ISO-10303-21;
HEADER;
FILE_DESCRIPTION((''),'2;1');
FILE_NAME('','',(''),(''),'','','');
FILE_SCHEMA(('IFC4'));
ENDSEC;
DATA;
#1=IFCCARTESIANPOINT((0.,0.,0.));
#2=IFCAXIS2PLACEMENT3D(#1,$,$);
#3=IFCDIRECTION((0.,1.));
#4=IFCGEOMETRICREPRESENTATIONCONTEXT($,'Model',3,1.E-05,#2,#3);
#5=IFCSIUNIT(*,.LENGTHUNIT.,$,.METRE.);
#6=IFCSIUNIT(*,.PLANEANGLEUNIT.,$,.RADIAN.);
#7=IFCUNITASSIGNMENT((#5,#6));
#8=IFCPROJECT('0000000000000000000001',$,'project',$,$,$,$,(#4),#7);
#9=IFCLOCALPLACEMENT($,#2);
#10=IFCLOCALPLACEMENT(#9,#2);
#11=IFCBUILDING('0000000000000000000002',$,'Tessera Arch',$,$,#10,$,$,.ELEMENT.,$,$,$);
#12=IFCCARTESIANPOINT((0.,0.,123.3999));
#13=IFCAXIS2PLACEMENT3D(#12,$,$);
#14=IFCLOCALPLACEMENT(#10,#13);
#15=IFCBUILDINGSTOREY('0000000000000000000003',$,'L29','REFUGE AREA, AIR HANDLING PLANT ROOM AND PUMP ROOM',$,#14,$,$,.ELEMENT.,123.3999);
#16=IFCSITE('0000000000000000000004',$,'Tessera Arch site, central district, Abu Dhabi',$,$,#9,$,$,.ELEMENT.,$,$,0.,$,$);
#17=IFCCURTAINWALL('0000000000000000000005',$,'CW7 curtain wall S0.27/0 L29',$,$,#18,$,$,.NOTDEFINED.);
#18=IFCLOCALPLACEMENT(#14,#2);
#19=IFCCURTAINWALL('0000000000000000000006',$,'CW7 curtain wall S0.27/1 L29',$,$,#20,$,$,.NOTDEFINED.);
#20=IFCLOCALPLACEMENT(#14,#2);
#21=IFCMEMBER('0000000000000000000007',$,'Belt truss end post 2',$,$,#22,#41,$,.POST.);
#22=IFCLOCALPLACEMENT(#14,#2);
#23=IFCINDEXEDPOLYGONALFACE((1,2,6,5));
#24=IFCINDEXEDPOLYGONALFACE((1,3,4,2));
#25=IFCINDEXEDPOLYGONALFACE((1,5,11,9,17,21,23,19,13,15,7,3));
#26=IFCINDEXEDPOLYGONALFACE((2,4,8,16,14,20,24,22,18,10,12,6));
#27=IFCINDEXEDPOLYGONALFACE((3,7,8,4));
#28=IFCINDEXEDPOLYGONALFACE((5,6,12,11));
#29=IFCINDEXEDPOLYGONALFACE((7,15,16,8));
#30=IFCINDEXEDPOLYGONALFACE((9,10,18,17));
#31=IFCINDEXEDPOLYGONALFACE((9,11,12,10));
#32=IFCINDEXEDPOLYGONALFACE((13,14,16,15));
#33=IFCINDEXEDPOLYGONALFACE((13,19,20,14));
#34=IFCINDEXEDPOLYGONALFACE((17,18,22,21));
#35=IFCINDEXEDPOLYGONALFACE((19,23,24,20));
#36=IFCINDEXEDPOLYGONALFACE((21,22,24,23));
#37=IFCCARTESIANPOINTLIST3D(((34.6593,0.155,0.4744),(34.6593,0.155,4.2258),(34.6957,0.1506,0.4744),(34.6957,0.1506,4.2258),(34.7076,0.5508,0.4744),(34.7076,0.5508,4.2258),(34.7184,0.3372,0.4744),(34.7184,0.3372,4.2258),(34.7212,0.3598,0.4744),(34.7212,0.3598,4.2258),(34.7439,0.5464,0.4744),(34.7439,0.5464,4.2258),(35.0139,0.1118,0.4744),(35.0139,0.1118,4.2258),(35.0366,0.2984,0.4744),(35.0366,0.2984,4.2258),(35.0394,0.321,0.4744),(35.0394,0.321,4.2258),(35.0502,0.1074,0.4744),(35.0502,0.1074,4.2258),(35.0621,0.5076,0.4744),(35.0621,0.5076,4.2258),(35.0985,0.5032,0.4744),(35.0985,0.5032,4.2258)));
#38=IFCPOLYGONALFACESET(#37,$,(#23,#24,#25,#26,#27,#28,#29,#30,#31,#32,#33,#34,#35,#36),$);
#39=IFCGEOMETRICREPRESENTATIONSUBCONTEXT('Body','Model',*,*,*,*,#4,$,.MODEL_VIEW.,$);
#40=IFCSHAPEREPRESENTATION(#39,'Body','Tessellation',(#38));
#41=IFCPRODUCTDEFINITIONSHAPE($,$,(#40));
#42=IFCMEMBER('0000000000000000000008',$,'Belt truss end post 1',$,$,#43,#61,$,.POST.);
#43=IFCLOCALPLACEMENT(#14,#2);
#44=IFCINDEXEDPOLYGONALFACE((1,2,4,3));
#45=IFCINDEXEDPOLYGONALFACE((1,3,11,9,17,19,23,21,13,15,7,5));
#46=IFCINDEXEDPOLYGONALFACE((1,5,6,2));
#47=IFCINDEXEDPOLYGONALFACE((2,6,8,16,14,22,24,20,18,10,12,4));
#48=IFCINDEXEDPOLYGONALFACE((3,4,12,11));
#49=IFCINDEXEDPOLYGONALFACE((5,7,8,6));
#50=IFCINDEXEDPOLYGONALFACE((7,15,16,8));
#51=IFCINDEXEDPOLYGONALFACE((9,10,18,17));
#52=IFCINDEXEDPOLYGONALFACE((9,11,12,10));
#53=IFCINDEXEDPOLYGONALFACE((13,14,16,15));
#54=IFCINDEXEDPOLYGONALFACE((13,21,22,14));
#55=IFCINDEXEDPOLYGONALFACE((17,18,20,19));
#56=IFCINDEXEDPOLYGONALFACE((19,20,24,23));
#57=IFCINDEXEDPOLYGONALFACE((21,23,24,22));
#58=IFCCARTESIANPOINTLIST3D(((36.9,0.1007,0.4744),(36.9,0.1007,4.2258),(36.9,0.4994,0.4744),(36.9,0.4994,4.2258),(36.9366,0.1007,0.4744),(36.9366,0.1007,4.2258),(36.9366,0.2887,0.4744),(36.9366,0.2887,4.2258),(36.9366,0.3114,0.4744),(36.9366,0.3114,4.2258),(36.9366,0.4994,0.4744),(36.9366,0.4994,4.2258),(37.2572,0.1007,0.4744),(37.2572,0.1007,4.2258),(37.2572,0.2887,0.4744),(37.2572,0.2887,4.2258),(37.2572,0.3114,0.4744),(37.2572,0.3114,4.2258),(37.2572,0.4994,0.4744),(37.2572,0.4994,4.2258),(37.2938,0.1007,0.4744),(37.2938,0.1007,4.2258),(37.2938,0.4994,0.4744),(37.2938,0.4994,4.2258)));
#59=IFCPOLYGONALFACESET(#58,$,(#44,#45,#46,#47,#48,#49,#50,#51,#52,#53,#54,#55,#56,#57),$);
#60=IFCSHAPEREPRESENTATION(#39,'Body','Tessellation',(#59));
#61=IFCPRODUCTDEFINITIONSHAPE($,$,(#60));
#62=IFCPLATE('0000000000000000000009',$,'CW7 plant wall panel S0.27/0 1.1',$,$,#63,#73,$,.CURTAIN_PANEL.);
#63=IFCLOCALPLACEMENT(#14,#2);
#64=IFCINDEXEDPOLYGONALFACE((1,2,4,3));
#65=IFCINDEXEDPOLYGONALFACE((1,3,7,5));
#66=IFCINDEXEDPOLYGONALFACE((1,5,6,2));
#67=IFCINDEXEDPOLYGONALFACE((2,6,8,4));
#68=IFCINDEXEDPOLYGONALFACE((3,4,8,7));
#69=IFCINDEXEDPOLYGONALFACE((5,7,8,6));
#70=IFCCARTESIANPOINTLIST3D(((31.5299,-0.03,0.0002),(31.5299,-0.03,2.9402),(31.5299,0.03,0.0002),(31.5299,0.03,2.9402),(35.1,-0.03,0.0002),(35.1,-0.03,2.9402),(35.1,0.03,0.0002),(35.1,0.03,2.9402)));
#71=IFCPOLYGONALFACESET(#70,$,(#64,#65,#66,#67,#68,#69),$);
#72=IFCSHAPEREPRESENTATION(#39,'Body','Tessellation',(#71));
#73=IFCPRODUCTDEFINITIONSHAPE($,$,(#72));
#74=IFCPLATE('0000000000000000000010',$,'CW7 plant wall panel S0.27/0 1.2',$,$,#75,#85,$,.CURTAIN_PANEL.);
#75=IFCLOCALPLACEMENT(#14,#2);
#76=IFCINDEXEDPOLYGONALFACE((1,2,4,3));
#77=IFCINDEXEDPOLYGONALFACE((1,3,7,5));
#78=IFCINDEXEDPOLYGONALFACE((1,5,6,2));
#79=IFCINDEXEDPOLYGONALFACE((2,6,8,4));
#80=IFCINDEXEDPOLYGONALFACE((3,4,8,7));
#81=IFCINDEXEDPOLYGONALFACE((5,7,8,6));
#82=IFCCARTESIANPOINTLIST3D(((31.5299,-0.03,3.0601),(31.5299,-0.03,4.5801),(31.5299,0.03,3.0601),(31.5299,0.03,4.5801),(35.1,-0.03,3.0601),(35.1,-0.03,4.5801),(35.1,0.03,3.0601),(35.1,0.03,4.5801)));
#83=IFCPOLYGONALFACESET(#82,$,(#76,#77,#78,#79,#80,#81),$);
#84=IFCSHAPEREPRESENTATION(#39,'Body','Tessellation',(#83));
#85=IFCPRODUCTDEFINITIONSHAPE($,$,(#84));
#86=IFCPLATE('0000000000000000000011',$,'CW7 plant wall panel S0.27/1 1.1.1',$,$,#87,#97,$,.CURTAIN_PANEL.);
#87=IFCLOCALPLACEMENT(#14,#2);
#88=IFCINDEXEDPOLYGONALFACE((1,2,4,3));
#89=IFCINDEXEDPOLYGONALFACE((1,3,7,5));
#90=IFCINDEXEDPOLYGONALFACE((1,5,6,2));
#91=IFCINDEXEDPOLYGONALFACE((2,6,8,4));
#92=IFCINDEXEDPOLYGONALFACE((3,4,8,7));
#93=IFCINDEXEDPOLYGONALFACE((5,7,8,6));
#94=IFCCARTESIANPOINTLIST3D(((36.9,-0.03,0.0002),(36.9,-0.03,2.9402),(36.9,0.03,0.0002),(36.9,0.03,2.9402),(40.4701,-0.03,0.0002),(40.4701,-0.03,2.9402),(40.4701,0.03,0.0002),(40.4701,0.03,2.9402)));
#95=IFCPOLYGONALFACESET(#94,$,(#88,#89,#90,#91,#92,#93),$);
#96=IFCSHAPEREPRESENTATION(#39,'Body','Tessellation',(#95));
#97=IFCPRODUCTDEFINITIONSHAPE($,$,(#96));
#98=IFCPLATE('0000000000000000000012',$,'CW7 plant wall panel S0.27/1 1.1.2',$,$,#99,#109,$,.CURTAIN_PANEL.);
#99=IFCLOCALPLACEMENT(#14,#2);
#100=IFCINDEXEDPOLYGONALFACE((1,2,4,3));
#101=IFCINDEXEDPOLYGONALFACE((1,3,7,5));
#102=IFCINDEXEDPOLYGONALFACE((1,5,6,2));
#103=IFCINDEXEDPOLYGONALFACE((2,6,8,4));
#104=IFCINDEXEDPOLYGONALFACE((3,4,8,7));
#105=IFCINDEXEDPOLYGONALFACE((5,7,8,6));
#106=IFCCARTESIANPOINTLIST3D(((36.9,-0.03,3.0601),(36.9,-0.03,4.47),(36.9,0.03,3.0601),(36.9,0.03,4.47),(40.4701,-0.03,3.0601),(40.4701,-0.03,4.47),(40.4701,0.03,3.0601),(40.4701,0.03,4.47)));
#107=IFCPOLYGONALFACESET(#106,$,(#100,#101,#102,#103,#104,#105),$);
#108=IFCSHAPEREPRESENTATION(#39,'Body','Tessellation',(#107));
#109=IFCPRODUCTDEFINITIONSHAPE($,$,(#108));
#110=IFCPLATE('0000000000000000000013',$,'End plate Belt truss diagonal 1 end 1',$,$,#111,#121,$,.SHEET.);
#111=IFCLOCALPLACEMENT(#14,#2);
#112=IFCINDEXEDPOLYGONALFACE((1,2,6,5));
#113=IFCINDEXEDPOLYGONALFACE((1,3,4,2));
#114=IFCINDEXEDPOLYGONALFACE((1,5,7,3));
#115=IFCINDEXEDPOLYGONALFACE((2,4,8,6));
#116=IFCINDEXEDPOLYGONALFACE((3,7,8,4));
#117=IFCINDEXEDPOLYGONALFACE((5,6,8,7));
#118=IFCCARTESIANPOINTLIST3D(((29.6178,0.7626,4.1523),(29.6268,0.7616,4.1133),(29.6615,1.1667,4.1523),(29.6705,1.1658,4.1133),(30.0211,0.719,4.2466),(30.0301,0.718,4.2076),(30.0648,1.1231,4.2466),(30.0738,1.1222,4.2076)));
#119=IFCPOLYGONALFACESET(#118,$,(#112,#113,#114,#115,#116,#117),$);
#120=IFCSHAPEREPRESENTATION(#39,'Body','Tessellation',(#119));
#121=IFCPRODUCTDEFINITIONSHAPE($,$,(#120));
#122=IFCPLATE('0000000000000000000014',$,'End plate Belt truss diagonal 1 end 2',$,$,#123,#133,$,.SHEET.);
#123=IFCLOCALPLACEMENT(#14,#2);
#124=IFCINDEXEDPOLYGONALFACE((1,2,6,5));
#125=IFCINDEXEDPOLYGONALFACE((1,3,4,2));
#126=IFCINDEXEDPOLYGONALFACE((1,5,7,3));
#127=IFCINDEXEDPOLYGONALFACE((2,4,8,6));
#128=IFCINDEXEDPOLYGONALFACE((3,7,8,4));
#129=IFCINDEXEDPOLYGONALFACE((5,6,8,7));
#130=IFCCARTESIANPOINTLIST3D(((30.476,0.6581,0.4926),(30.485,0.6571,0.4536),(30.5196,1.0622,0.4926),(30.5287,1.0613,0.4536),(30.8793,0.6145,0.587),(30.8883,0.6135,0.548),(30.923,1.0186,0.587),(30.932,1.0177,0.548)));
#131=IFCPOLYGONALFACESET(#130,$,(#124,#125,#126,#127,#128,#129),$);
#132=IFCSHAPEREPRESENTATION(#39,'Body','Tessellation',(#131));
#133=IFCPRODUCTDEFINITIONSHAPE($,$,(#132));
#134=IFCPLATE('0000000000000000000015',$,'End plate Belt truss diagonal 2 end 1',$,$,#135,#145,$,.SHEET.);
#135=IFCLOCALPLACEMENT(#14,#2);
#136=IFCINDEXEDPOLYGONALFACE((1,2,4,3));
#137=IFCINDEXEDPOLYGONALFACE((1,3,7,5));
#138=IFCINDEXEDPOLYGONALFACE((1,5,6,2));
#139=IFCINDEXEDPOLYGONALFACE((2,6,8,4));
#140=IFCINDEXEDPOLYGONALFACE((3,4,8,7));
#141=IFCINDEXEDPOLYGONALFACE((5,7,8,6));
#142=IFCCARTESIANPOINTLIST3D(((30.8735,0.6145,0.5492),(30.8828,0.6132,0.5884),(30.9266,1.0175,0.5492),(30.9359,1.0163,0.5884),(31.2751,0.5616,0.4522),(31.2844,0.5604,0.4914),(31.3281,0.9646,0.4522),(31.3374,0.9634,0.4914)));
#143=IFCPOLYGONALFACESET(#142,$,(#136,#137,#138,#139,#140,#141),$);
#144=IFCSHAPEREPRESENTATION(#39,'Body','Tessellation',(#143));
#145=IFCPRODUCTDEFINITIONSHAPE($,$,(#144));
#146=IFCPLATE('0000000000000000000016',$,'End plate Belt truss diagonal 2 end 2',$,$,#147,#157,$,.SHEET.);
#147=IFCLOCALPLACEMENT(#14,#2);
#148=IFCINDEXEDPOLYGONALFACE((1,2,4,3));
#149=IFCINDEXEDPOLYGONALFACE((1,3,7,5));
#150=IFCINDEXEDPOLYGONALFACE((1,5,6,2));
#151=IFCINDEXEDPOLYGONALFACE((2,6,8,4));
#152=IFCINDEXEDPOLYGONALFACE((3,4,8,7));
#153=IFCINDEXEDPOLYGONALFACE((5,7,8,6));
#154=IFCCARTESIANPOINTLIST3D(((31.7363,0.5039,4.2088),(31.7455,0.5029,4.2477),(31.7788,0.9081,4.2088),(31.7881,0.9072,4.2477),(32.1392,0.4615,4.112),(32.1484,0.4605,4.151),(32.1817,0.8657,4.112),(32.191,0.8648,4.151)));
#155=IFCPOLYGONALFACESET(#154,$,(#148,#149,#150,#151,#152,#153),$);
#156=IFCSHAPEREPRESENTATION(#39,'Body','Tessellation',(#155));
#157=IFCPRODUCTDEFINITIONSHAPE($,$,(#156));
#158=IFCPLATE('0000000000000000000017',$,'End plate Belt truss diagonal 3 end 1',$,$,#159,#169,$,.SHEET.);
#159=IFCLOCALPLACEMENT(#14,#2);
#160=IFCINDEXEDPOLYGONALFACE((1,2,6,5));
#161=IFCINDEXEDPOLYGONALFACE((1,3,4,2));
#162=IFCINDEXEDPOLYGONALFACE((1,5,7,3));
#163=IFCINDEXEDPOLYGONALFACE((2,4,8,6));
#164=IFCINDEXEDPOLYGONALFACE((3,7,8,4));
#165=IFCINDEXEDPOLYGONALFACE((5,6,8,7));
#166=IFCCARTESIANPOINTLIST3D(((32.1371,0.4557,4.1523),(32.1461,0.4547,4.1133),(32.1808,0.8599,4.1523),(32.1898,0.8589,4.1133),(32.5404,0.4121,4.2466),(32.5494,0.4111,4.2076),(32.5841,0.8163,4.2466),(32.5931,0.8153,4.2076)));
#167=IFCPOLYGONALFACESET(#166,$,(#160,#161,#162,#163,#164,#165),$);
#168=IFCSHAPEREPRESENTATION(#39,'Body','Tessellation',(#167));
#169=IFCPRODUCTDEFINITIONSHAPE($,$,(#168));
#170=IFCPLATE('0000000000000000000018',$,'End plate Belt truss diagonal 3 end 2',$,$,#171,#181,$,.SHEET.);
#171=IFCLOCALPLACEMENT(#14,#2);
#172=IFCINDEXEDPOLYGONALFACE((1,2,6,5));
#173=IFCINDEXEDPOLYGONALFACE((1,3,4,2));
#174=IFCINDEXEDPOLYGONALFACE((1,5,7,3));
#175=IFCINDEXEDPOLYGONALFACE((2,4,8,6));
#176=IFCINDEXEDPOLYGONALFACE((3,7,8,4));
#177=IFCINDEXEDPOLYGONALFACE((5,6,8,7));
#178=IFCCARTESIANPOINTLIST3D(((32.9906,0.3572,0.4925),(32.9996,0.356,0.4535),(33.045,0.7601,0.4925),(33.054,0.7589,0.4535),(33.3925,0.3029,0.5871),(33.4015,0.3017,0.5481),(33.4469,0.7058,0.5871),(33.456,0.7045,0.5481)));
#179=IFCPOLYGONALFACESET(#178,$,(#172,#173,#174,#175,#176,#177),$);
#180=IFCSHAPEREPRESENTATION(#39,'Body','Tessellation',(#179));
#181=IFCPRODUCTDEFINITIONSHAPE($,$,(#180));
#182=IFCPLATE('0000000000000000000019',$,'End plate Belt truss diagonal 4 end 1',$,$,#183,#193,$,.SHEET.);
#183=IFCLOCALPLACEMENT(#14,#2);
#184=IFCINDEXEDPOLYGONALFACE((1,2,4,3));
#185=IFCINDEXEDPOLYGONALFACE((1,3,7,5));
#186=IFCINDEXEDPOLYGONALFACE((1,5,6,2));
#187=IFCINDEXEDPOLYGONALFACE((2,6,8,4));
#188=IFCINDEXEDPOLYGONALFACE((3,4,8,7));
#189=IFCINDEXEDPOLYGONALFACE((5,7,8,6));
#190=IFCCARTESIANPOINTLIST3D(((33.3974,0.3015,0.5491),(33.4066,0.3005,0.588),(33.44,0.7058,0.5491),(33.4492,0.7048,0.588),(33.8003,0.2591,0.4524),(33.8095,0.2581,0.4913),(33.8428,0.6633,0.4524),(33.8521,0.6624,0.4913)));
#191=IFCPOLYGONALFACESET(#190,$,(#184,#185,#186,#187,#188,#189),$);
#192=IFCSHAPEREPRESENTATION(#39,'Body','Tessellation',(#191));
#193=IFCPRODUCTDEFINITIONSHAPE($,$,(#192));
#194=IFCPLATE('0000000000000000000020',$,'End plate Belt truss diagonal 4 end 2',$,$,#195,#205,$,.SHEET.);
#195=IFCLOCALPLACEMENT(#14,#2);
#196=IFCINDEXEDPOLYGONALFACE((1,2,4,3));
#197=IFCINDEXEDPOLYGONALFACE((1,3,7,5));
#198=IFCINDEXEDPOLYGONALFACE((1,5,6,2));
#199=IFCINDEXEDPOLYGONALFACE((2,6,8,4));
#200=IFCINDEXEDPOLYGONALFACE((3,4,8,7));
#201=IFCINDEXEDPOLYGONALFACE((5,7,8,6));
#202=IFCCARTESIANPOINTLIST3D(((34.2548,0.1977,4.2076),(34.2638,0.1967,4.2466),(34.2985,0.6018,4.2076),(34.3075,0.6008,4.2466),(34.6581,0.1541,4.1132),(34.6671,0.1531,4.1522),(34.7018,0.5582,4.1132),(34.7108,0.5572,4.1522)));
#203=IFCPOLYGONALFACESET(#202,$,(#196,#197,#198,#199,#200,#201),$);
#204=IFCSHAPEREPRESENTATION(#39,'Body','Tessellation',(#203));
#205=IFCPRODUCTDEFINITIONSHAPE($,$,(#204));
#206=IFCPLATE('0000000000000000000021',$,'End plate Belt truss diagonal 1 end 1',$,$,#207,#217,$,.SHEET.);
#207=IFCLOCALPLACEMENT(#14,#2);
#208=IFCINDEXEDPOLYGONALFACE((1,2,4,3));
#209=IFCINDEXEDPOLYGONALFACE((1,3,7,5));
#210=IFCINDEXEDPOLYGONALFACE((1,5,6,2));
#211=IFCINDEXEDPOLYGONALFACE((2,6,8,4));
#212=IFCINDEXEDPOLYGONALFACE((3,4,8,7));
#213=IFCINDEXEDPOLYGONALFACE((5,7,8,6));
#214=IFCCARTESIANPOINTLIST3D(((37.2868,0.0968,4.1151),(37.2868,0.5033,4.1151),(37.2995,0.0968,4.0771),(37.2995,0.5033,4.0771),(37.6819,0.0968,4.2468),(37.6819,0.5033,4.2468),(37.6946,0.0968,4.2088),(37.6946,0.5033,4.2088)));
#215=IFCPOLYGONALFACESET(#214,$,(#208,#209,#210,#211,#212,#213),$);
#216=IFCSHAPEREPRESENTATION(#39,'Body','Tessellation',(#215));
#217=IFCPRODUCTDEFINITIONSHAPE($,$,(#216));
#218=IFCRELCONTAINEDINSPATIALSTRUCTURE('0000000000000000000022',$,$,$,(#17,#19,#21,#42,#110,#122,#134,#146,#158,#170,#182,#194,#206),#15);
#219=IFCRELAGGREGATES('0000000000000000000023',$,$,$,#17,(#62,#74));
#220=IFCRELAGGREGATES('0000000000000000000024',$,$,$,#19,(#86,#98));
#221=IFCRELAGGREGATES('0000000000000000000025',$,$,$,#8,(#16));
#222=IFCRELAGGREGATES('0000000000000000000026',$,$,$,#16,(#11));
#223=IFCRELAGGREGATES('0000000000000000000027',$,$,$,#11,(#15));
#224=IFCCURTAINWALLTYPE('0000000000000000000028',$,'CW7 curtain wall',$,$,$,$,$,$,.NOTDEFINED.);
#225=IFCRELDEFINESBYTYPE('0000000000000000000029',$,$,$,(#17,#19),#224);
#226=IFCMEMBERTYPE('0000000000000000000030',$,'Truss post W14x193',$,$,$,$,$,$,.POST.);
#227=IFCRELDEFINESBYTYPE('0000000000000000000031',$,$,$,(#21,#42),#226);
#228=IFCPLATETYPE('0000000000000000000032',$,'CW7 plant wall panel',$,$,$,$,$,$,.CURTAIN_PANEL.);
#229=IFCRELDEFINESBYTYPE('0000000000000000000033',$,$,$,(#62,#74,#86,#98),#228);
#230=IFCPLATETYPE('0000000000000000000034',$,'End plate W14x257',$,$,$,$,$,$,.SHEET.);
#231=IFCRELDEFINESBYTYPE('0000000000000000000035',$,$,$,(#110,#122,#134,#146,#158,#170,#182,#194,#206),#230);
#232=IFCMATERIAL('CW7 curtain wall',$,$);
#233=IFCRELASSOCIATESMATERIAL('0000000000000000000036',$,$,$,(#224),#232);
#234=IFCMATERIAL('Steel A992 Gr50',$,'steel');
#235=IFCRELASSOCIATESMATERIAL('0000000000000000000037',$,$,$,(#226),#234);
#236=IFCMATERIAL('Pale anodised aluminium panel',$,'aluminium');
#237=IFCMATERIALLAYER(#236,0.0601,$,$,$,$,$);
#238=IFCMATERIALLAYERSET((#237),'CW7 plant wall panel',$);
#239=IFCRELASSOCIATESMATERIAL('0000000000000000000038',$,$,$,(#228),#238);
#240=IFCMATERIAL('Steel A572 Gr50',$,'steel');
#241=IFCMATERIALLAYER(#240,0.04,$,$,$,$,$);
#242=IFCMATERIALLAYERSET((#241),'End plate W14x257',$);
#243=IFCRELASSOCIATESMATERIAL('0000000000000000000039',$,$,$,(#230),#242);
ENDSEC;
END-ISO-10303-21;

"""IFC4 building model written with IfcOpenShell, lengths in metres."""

from ifc_helpers import new_model, si_unit, direction, frame, origin, origin_2d, place, context, subcontext, project, spatial, rectangle, i_section, extrude, material, layer, layer_set, material_profile, profile_set, type_object, element, aggregate, save


model = new_model("IFC4")

# Units and contexts
model_context = context("Model", 3, precision=1e-05, world=origin(), true_north=direction((0.0, 1.0)))
body_context = subcontext(model_context, "Body", "Model", "MODEL_VIEW")
ifc_project = project(units=[si_unit("LENGTHUNIT", "METRE"), si_unit("PLANEANGLEUNIT", "RADIAN")], contexts=[model_context])

# Site, building, storey
site_placement = place(None, origin())
site = spatial("IfcSite", under=ifc_project, at=site_placement, Name="Tessera Arch site, central district, Abu Dhabi", CompositionType="ELEMENT", RefElevation=0.0)
building_placement = place(site_placement, origin())
building = spatial("IfcBuilding", under=site, at=building_placement, Name="Tessera Arch", CompositionType="ELEMENT")
storey_placement = place(building_placement, frame((0.0, 0.0, 123.3999)))
storey = spatial("IfcBuildingStorey", under=building, at=storey_placement, Name="L29", Description="REFUGE AREA, AIR HANDLING PLANT ROOM AND PUMP ROOM", CompositionType="ELEMENT", Elevation=123.3999)

# Curtain wall
ifc_material_1 = material(Name="CW7 curtain wall")
curtain_wall_type = type_object("IfcCurtainWallType", Name="CW7 curtain wall", PredefinedType="NOTDEFINED", material=ifc_material_1)
curtain_wall_1_placement = place(storey_placement, origin())
curtain_wall_1 = element("IfcCurtainWall", 1, at=curtain_wall_1_placement, inside=storey, type_object=curtain_wall_type, Name="CW7 curtain wall S0.27/0 L29", PredefinedType="NOTDEFINED")

# Curtain wall
curtain_wall_2_placement = place(storey_placement, origin())
curtain_wall_2 = element("IfcCurtainWall", 2, at=curtain_wall_2_placement, inside=storey, type_object=curtain_wall_type, Name="CW7 curtain wall S0.27/1 L29", PredefinedType="NOTDEFINED")

# Members
ifc_material_2 = material(Name="Steel A992 Gr50", Category="steel")
ifc_material_profile_1 = material_profile(ifc_material_2, i_section(OverallWidth=0.3987, OverallDepth=0.3938, WebThickness=0.0227, FlangeThickness=0.0366, at=origin_2d()), Name="W14x193")
ifc_profile_set_1 = profile_set([ifc_material_profile_1], Name="Steel A992 Gr50")
member_type_1 = type_object("IfcMemberType", Name="Truss post W14x193", PredefinedType="POST", material=ifc_profile_set_1)
for number, where, z_axis, x_axis, name in (
    (3, (34.8789, 0.3291, 0.4744), (0.0, 0.0, 1.0), (0.120952, 0.992658, 0.0), "Belt truss end post 2"),
    (4, (37.0969, 0.3, 0.4744), (0.0, 0.0, 1.0), (0.0, 1.0, 0.0), "Belt truss end post 1"),
):
    element("IfcMember", number, at=place(storey_placement, frame(where, z_axis=z_axis, x_axis=x_axis)), inside=storey, type_object=member_type_1, Name=name, PredefinedType="POST", context=body_context, shape_type="SweptSolid", body=[
        extrude(i_section(OverallWidth=0.3987, OverallDepth=0.3938, WebThickness=0.0227, FlangeThickness=0.0366, at=origin_2d()), origin(), (0.0, 0.0, 1.0), 3.7515),
    ])

# Plates
ifc_material_3 = material(Name="Pale anodised aluminium panel", Category="aluminium")
ifc_layer_1 = layer(ifc_material_3, 0.0601)
ifc_layer_set_1 = layer_set([ifc_layer_1], Name="CW7 plant wall panel")
plate_type_1 = type_object("IfcPlateType", Name="CW7 plant wall panel", PredefinedType="CURTAIN_PANEL", material=ifc_layer_set_1)
plate_1_placement = place(storey_placement, frame((33.3149, 0.0, 0.0002), z_axis=(0.0, 0.0, 1.0), x_axis=(1.0, 0.0, 0.0)))
plate_1 = element("IfcPlate", 5, at=plate_1_placement, type_object=plate_type_1, Name="CW7 plant wall panel S0.27/0 1.1", PredefinedType="CURTAIN_PANEL", context=body_context, shape_type="SweptSolid", body=[
    extrude(rectangle(XDim=3.5701, YDim=0.0601, at=origin_2d()), origin(), (0.0, 0.0, 1.0), 2.9399),
])
plate_2_placement = place(storey_placement, frame((33.3149, 0.0, 3.0601), z_axis=(0.0, 0.0, 1.0), x_axis=(1.0, 0.0, 0.0)))
plate_2 = element("IfcPlate", 6, at=plate_2_placement, type_object=plate_type_1, Name="CW7 plant wall panel S0.27/0 1.2", PredefinedType="CURTAIN_PANEL", context=body_context, shape_type="SweptSolid", body=[
    extrude(rectangle(XDim=3.5701, YDim=0.0601, at=origin_2d()), origin(), (0.0, 0.0, 1.0), 1.52),
])
aggregate(curtain_wall_1, [plate_1, plate_2])
plate_3_placement = place(storey_placement, frame((38.6851, 0.0, 0.0002), z_axis=(0.0, 0.0, 1.0), x_axis=(1.0, 0.0, 0.0)))
plate_3 = element("IfcPlate", 7, at=plate_3_placement, type_object=plate_type_1, Name="CW7 plant wall panel S0.27/1 1.1.1", PredefinedType="CURTAIN_PANEL", context=body_context, shape_type="SweptSolid", body=[
    extrude(rectangle(XDim=3.5701, YDim=0.0601, at=origin_2d()), origin(), (0.0, 0.0, 1.0), 2.9399),
])
plate_4_placement = place(storey_placement, frame((38.6851, 0.0, 3.0601), z_axis=(0.0, 0.0, 1.0), x_axis=(1.0, 0.0, 0.0)))
plate_4 = element("IfcPlate", 8, at=plate_4_placement, type_object=plate_type_1, Name="CW7 plant wall panel S0.27/1 1.1.2", PredefinedType="CURTAIN_PANEL", context=body_context, shape_type="SweptSolid", body=[
    extrude(rectangle(XDim=3.5701, YDim=0.0601, at=origin_2d()), origin(), (0.0, 0.0, 1.0), 1.4099),
])
aggregate(curtain_wall_2, [plate_3, plate_4])

# Plates
ifc_material_4 = material(Name="Steel A572 Gr50", Category="steel")
ifc_layer_2 = layer(ifc_material_4, 0.04)
ifc_layer_set_2 = layer_set([ifc_layer_2], Name="End plate W14x257")
plate_type_2 = type_object("IfcPlateType", Name="End plate W14x257", PredefinedType="SHEET", material=ifc_layer_set_2)
for number, where, z_axis, x_axis, name in (
    (9, (29.8413, 0.9429, 4.1995), (0.225237, -0.02435, -0.974), (0.107482, 0.994207, 0.0), "End plate Belt truss diagonal 1 end 1"),
    (10, (30.6995, 0.8384, 0.5398), (0.225237, -0.02435, -0.974), (0.107482, 0.994207, 0.0), "End plate Belt truss diagonal 1 end 2"),
):
    element("IfcPlate", number, at=place(storey_placement, frame(where, z_axis=z_axis, x_axis=x_axis)), inside=storey, type_object=plate_type_2, Name=name, PredefinedType="SHEET", context=body_context, shape_type="SweptSolid", body=[
        extrude(rectangle(XDim=0.4065, YDim=0.4165, at=origin_2d()), origin(), (0.0, 0.0, 1.0), 0.04),
    ])
plate_5_placement = place(storey_placement, frame((31.1008, 0.7896, 0.5007), z_axis=(0.230966, -0.03039, 0.972487), x_axis=(0.130455, 0.991454, 0.0)))
element("IfcPlate", 11, at=plate_5_placement, inside=storey, type_object=plate_type_2, Name="End plate Belt truss diagonal 2 end 1", PredefinedType="SHEET", context=body_context, shape_type="SweptSolid", body=[
    extrude(rectangle(XDim=0.4065, YDim=0.4165, at=origin_2d()), origin(), (0.0, 0.0, 1.0), 0.0403),
])
for number, where, z_axis, x_axis, name in (
    (12, (31.959, 0.6848, 4.1604), (0.231004, -0.024316, 0.972649), (0.104685, 0.994505, 0.0), "End plate Belt truss diagonal 2 end 2"),
    (13, (32.3606, 0.636, 4.1995), (0.225237, -0.02435, -0.974), (0.107482, 0.994207, 0.0), "End plate Belt truss diagonal 3 end 1"),
    (14, (33.2188, 0.5315, 0.5398), (0.2252, -0.030432, -0.973837), (0.133918, 0.990992, 0.0), "End plate Belt truss diagonal 3 end 2"),
    (15, (33.6201, 0.4824, 0.5007), (0.231004, -0.024316, 0.972649), (0.104685, 0.994505, 0.0), "End plate Belt truss diagonal 4 end 1"),
    (16, (34.4783, 0.3779, 4.1604), (0.225237, -0.02435, 0.974), (0.107482, 0.994207, 0.0), "End plate Belt truss diagonal 4 end 2"),
    (17, (37.4844, 0.3, 4.1809), (0.316228, 0.0, -0.948683), (0.0, 1.0, 0.0), "End plate Belt truss diagonal 1 end 1"),
):
    element("IfcPlate", number, at=place(storey_placement, frame(where, z_axis=z_axis, x_axis=x_axis)), inside=storey, type_object=plate_type_2, Name=name, PredefinedType="SHEET", context=body_context, shape_type="SweptSolid", body=[
        extrude(rectangle(XDim=0.4065, YDim=0.4165, at=origin_2d()), origin(), (0.0, 0.0, 1.0), 0.04),
    ])

save(model, "model.ifc")
